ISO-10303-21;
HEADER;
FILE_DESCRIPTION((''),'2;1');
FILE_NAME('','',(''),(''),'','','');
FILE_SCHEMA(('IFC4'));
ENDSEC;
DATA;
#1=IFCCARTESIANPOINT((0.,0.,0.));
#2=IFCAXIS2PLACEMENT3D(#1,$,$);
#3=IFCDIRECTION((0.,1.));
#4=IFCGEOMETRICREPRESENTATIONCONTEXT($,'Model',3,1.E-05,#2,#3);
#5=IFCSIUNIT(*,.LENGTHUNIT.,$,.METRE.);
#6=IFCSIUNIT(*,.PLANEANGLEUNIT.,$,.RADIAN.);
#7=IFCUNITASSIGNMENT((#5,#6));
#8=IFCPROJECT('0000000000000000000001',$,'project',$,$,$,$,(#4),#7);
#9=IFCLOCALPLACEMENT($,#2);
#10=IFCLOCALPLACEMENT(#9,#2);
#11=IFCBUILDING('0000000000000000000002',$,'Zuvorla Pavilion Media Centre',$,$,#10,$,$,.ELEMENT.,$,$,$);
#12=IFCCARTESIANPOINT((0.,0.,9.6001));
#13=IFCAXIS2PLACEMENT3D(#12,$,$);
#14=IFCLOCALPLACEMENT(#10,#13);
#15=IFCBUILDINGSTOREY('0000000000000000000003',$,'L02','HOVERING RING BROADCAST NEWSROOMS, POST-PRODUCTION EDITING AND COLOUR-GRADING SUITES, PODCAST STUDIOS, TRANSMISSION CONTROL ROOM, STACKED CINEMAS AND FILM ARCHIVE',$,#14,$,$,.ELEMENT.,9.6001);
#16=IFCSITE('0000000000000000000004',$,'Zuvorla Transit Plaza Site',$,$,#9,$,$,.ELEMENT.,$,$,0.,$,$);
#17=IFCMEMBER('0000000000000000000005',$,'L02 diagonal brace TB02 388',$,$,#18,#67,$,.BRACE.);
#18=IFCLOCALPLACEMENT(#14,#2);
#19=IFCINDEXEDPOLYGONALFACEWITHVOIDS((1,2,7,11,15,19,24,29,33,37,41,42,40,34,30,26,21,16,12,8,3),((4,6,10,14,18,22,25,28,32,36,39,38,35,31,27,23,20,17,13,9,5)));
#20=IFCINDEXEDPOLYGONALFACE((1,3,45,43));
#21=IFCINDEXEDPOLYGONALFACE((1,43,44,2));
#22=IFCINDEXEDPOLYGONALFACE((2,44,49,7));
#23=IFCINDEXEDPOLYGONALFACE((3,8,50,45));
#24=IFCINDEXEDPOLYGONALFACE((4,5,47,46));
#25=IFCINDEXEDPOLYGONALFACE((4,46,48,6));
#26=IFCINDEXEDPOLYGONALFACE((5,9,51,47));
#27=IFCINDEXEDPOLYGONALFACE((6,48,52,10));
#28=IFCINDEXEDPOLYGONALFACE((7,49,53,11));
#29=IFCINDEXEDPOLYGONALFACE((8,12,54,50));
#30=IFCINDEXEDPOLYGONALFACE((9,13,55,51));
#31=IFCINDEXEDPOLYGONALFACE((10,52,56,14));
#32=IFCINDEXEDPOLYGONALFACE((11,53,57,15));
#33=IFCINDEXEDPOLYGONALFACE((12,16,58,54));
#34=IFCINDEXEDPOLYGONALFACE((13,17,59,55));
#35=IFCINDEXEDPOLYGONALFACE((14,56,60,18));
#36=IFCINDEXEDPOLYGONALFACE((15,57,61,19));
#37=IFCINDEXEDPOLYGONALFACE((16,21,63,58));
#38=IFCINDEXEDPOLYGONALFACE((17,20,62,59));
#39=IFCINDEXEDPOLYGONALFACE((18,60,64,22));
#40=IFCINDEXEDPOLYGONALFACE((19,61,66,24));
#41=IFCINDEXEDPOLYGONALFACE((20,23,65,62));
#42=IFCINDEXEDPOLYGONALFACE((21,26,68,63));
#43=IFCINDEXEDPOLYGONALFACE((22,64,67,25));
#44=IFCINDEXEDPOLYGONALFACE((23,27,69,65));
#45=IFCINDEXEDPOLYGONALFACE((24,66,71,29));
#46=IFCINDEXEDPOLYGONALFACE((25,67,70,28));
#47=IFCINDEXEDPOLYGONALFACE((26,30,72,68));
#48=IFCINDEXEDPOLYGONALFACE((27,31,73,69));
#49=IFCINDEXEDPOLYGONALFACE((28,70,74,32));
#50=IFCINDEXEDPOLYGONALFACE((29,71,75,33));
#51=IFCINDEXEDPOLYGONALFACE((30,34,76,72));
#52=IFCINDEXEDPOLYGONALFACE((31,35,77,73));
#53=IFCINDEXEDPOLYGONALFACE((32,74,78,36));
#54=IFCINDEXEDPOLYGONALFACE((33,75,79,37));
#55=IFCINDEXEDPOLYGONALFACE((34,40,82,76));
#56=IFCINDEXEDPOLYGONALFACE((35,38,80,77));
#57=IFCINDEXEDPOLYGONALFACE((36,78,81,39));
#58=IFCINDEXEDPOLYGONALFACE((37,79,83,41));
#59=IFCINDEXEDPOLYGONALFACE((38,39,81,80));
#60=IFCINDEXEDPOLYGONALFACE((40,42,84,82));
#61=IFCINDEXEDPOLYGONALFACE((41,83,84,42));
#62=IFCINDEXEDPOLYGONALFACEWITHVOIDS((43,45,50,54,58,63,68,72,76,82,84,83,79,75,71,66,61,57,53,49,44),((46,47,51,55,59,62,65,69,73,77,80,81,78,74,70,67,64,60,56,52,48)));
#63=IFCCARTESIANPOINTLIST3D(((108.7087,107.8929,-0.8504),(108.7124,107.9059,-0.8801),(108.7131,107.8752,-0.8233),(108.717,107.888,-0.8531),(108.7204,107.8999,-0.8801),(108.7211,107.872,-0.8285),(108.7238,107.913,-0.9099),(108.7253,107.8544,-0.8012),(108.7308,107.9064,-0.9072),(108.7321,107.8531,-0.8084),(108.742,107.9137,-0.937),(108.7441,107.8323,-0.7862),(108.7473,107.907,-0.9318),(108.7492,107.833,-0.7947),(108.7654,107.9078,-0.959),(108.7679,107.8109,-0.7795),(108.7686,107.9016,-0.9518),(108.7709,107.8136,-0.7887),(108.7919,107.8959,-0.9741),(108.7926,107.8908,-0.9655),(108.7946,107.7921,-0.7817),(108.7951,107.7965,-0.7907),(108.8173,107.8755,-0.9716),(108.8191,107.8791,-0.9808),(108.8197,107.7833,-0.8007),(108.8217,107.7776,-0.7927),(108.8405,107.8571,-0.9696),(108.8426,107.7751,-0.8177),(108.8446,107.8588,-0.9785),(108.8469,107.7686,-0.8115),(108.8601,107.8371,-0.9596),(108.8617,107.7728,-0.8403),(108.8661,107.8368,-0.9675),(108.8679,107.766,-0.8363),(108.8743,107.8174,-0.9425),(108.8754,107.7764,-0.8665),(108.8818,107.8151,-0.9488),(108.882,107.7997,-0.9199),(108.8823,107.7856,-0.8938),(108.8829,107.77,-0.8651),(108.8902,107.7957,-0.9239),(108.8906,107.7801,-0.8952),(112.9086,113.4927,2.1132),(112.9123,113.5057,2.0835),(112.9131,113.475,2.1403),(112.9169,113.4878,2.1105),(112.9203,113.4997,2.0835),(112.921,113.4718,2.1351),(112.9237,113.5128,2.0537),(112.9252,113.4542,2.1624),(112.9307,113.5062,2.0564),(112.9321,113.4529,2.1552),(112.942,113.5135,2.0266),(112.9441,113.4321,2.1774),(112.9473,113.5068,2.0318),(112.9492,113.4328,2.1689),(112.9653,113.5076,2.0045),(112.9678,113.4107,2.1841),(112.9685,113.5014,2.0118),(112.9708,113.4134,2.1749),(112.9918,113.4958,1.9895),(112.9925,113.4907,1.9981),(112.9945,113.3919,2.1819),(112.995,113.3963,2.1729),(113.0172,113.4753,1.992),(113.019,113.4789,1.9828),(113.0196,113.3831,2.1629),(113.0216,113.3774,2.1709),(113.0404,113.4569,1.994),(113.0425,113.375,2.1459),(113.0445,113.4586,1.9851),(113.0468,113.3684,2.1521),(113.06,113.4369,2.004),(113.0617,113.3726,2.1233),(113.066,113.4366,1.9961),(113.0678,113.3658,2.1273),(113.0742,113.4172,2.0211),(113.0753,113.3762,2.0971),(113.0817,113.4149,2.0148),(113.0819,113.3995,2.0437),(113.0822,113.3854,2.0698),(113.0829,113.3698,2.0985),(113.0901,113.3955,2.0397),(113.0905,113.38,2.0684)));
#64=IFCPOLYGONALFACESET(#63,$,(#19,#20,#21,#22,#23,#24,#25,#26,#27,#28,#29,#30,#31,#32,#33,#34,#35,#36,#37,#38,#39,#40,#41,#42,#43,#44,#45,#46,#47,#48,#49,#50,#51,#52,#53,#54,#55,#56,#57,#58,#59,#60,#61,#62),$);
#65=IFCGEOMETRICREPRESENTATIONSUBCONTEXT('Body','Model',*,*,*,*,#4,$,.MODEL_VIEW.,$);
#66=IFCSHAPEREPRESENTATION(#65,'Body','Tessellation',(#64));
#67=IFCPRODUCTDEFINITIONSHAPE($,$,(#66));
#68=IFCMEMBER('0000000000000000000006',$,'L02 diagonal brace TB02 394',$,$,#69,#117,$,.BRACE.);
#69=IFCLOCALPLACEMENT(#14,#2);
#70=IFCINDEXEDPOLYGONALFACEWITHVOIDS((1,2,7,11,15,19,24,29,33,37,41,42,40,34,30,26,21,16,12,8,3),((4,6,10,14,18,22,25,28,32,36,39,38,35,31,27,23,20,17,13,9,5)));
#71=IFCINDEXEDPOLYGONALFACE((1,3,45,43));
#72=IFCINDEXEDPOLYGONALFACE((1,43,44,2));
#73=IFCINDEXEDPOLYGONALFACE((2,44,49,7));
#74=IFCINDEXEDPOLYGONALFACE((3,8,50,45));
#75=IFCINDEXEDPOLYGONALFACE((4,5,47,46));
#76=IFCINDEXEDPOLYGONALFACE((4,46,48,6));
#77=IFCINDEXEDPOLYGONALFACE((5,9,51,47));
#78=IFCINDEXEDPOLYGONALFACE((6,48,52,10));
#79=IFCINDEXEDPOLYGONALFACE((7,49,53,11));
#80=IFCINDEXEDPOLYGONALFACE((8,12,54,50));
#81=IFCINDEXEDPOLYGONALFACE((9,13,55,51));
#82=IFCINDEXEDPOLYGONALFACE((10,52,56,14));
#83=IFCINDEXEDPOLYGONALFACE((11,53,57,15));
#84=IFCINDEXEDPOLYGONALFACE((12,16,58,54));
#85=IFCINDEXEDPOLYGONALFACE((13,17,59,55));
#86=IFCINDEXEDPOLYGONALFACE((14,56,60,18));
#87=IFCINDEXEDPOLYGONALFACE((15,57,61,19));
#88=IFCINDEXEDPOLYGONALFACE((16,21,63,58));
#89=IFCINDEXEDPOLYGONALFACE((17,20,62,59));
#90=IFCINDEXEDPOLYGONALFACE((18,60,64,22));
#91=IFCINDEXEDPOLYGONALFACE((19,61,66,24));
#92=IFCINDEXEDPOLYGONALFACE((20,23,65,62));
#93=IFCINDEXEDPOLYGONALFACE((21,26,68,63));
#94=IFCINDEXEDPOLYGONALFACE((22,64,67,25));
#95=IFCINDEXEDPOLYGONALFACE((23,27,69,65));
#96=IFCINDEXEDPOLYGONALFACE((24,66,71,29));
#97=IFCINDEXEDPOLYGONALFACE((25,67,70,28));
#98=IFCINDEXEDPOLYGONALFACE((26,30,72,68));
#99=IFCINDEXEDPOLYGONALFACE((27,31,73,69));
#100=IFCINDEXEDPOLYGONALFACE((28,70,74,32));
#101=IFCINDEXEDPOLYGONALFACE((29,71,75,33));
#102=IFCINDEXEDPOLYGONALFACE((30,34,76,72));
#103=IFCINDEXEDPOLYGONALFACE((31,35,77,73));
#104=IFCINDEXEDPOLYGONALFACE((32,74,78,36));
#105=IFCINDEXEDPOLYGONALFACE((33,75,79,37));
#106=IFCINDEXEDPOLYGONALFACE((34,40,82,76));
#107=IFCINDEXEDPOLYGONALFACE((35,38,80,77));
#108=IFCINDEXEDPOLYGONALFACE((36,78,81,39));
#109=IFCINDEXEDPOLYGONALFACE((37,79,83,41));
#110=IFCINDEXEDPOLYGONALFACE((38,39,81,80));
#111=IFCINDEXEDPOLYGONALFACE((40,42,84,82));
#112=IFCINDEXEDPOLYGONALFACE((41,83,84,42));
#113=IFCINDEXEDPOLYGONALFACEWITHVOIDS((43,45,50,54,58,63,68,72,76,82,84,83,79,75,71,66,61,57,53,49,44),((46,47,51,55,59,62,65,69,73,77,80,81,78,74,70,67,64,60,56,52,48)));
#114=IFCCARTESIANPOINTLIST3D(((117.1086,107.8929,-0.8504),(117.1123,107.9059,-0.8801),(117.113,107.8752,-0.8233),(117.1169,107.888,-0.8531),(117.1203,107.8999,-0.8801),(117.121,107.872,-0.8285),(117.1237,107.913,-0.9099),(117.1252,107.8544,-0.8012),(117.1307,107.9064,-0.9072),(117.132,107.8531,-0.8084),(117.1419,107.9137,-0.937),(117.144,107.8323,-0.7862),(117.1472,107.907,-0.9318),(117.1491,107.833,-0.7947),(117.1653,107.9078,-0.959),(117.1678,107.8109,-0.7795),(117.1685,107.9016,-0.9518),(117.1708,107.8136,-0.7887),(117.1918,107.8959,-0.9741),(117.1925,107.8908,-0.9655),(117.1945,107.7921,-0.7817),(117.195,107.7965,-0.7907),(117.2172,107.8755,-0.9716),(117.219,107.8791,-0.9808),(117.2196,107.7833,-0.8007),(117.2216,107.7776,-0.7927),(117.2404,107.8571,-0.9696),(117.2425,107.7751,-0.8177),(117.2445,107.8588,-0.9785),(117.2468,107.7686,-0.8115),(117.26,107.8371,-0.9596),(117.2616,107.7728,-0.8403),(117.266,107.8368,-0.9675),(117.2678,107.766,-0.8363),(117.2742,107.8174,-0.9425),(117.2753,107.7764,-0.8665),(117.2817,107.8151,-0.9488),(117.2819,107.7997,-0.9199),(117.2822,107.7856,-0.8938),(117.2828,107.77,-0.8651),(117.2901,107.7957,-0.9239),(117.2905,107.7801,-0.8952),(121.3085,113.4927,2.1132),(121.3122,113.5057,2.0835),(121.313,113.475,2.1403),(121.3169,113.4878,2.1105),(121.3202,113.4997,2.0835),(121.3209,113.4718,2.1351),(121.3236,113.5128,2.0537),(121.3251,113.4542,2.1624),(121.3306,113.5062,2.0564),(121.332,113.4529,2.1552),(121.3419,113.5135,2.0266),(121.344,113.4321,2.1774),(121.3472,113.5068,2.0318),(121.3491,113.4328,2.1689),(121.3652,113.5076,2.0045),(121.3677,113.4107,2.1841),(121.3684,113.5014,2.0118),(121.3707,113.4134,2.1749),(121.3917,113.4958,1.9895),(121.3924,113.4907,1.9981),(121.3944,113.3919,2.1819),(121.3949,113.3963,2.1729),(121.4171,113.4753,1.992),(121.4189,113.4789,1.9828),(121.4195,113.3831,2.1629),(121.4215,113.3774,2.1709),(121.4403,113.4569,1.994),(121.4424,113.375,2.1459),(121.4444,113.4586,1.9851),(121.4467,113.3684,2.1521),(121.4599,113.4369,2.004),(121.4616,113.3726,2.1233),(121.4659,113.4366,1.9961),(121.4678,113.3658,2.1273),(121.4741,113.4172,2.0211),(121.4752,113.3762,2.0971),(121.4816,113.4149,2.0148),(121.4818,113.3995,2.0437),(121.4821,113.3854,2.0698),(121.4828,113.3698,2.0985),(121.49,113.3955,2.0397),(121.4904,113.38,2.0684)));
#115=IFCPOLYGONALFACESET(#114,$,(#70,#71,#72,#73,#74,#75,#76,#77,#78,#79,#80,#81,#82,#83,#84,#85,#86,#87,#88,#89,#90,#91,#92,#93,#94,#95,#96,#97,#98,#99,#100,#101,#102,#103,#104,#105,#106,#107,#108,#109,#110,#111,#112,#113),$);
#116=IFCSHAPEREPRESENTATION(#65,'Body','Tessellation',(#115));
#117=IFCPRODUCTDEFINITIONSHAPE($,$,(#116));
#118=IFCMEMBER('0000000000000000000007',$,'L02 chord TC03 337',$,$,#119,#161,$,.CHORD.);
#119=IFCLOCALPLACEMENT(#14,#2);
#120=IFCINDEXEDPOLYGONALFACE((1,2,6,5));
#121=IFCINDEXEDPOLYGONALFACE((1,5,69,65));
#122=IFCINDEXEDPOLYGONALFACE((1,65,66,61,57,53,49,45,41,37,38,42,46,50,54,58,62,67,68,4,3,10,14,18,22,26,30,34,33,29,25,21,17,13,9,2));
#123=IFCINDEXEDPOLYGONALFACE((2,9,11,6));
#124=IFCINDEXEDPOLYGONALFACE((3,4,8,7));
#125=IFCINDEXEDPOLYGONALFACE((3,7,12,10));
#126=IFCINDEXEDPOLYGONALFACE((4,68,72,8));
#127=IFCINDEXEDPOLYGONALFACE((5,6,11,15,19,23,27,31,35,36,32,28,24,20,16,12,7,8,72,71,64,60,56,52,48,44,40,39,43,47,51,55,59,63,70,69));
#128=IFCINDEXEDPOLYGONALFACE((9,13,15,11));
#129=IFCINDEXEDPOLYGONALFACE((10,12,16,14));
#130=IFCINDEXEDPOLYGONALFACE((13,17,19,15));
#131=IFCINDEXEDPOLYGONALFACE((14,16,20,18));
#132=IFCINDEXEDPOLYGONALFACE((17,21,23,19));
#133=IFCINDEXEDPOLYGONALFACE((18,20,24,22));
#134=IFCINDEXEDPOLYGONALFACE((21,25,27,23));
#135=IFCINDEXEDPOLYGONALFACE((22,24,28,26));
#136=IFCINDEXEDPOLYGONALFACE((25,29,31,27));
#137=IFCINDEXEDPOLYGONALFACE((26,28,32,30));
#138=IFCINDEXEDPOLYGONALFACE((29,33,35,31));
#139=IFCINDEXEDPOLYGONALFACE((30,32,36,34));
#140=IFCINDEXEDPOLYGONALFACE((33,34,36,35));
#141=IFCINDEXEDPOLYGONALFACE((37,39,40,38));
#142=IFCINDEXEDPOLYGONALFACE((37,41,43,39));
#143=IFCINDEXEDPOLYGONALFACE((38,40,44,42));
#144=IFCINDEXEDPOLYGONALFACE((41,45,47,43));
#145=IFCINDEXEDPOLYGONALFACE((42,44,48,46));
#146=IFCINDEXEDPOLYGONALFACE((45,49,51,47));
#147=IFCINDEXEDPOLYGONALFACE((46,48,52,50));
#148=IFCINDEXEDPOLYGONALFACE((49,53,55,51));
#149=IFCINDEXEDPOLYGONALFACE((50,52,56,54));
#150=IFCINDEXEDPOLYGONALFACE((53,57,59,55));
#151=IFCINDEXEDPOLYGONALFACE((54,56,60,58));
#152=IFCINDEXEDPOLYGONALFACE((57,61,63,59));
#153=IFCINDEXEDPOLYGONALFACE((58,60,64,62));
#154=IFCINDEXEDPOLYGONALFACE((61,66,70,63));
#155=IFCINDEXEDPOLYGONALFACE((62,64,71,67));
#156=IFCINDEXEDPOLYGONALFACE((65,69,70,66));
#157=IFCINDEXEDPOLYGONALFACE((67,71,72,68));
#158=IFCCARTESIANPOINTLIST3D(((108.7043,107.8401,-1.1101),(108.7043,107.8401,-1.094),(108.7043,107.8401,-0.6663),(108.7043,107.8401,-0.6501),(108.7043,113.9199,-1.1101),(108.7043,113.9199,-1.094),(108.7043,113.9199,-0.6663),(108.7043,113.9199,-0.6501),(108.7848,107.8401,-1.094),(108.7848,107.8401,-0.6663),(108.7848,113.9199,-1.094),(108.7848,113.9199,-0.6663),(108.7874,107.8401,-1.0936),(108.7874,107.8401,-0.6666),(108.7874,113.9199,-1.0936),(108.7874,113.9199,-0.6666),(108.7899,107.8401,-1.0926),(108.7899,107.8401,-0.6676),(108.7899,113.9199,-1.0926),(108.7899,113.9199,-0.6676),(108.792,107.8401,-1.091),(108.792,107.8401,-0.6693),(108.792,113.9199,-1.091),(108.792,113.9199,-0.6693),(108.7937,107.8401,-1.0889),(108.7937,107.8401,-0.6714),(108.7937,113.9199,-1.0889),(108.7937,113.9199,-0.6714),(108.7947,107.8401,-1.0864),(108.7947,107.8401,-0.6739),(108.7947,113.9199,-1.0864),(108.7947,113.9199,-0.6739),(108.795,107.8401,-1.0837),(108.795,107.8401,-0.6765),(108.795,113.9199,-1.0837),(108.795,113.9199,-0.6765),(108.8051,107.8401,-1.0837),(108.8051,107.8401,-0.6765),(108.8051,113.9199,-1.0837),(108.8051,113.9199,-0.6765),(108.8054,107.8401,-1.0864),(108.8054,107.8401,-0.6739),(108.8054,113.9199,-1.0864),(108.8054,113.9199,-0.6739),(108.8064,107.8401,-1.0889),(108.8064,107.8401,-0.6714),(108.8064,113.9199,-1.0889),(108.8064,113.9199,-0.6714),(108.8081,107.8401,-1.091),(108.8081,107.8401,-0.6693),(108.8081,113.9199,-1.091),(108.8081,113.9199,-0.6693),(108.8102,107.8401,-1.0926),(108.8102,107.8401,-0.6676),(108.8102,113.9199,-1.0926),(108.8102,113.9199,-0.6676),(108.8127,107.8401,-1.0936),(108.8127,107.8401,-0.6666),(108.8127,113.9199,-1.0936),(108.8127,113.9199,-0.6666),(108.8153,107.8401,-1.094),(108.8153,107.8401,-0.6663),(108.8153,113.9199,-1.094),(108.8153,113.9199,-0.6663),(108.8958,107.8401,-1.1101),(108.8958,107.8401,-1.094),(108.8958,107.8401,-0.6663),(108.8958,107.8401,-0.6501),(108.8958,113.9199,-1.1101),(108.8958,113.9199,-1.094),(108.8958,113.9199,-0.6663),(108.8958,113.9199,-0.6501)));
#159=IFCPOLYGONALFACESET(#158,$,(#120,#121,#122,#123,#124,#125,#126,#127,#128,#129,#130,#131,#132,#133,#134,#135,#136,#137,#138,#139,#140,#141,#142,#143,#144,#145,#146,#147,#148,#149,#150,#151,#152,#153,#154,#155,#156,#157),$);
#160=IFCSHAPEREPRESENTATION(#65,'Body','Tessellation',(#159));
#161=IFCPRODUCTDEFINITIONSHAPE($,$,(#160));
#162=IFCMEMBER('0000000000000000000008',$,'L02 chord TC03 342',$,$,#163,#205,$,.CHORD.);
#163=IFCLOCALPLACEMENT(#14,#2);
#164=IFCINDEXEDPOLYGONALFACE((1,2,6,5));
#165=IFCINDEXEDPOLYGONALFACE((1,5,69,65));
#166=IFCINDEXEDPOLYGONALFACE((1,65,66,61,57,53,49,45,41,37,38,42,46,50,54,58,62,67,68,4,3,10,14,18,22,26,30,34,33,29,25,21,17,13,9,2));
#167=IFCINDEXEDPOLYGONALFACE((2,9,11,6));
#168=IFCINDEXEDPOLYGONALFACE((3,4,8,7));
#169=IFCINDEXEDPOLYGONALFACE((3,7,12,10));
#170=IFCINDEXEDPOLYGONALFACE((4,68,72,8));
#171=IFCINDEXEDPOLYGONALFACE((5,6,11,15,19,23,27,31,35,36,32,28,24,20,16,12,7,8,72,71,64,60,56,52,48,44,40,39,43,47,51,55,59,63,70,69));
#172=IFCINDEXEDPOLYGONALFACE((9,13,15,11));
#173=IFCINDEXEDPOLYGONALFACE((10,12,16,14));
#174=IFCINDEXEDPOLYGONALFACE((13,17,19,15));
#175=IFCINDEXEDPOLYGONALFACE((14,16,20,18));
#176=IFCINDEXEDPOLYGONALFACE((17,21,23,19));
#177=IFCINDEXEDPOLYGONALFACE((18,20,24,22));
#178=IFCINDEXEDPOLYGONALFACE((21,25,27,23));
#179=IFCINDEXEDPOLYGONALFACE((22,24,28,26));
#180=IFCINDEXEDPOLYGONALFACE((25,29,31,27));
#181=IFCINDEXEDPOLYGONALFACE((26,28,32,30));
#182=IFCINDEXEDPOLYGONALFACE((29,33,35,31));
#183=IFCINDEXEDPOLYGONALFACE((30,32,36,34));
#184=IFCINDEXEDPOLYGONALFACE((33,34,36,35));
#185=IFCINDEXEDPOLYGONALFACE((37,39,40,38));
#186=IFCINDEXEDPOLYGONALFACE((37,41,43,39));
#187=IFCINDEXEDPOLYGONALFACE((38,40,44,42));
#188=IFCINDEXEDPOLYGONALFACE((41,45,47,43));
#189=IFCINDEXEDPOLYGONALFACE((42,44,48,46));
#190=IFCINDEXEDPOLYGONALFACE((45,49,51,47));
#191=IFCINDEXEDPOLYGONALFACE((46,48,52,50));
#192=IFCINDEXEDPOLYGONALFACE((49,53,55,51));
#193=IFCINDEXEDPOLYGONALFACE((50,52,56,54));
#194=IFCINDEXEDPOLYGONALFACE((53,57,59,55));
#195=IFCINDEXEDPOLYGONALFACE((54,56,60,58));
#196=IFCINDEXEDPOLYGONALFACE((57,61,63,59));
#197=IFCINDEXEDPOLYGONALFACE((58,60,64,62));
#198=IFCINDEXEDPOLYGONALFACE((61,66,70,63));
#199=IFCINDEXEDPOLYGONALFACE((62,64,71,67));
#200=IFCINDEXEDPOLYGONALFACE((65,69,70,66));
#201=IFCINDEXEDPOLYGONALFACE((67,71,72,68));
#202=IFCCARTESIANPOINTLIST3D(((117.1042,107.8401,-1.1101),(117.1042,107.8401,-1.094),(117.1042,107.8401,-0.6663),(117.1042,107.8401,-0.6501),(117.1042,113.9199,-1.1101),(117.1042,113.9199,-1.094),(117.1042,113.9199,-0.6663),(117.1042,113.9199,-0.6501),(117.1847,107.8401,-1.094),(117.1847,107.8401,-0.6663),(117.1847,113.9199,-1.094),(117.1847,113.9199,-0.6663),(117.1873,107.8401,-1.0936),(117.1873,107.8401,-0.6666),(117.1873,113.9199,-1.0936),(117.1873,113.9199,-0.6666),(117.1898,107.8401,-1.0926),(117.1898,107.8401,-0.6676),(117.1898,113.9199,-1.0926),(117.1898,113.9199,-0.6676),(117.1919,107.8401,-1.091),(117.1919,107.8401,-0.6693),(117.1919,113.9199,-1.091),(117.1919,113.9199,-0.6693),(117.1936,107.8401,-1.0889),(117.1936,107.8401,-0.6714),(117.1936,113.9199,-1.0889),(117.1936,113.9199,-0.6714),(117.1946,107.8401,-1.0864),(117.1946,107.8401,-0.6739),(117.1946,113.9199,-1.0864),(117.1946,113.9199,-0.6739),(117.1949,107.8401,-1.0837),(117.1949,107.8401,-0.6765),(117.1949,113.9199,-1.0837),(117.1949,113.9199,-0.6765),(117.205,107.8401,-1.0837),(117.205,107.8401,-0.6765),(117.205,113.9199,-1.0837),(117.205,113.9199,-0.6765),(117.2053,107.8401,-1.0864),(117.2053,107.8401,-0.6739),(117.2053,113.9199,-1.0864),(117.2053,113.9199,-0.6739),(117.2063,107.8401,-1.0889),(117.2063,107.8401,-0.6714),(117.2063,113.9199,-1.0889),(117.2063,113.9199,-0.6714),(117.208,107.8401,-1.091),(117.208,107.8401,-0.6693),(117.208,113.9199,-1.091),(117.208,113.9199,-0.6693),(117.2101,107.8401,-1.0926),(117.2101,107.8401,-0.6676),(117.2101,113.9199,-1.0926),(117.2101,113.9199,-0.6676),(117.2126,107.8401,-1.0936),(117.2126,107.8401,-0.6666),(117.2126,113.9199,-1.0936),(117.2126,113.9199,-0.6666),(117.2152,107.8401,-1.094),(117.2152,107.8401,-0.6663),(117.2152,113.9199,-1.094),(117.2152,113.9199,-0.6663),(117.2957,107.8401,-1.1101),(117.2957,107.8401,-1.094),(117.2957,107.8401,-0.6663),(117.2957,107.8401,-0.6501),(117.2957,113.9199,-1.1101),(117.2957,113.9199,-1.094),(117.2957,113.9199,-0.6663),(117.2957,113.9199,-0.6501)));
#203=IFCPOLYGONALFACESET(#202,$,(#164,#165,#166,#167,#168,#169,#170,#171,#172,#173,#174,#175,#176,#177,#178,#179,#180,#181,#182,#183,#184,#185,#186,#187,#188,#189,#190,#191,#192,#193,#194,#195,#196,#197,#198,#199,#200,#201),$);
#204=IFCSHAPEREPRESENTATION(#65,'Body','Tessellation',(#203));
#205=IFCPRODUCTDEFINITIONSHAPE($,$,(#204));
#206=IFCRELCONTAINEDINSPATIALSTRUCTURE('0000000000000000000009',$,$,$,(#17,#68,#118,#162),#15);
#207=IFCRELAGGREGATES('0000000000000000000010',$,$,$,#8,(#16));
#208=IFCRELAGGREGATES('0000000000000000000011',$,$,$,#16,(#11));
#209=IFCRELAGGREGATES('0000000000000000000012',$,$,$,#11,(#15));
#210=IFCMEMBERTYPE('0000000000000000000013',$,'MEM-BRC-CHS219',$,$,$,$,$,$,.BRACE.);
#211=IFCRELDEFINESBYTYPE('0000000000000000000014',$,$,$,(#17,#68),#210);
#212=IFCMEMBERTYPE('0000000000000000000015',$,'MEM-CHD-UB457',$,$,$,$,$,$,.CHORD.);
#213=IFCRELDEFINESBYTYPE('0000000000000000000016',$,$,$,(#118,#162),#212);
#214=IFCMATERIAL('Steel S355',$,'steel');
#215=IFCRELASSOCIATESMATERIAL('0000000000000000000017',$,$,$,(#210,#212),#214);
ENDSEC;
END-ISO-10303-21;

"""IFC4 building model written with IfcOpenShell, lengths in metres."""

from ifc_helpers import new_model, si_unit, direction, frame, origin, origin_2d, place, context, subcontext, project, spatial, hollow_circle, i_section, extrude, material, material_profile, profile_set, type_object, element, save


model = new_model("IFC4")

# Units and contexts
model_context = context("Model", 3, precision=1e-05, world=origin(), true_north=direction((0.0, 1.0)))
body_context = subcontext(model_context, "Body", "Model", "MODEL_VIEW")
ifc_project = project(units=[si_unit("LENGTHUNIT", "METRE"), si_unit("PLANEANGLEUNIT", "RADIAN")], contexts=[model_context])

# Site, building, storey
site_placement = place(None, origin())
site = spatial("IfcSite", under=ifc_project, at=site_placement, Name="Zuvorla Transit Plaza Site", CompositionType="ELEMENT", RefElevation=0.0)
building_placement = place(site_placement, origin())
building = spatial("IfcBuilding", under=site, at=building_placement, Name="Zuvorla Pavilion Media Centre", CompositionType="ELEMENT")
storey_placement = place(building_placement, frame((0.0, 0.0, 9.6001)))
storey = spatial("IfcBuildingStorey", under=building, at=storey_placement, Name="L02", Description="HOVERING RING BROADCAST NEWSROOMS, POST-PRODUCTION EDITING AND COLOUR-GRADING SUITES, PODCAST STUDIOS, TRANSMISSION CONTROL ROOM, STACKED CINEMAS AND FILM ARCHIVE", CompositionType="ELEMENT", Elevation=9.6001)

# Shared definitions
ifc_material_1 = material(Name="Steel S355", Category="steel")

# Members
ifc_material_profile_1 = material_profile(ifc_material_1, hollow_circle(Radius=0.1096, WallThickness=0.01, at=origin_2d()), Name="CHS 219.1x10")
ifc_profile_set_1 = profile_set([ifc_material_profile_1], Name="Steel S355")
member_type_1 = type_object("IfcMemberType", Name="MEM-BRC-CHS219", PredefinedType="BRACE", material=ifc_profile_set_1)
for number, where, z_axis, x_axis, name in (
    (1, (108.8, 107.8401, -0.8801), (0.552525, 0.736689, 0.389879), (-0.799996, 0.600006, 0.0), "L02 diagonal brace TB02 388"),
    (2, (117.2, 107.8401, -0.8801), (0.552525, 0.736689, 0.389879), (-0.799996, 0.600006, 0.0), "L02 diagonal brace TB02 394"),
):
    element("IfcMember", number, at=place(storey_placement, frame(where, z_axis=z_axis, x_axis=x_axis)), inside=storey, type_object=member_type_1, Name=name, PredefinedType="BRACE", context=body_context, shape_type="SweptSolid", body=[
        extrude(hollow_circle(Radius=0.1096, WallThickness=0.01, at=origin_2d()), origin(), (0.0, 0.0, 1.0), 7.6013),
    ])
ifc_material_profile_2 = material_profile(ifc_material_1, i_section(OverallWidth=0.1914, OverallDepth=0.46, WebThickness=0.01, FlangeThickness=0.0161, FilletRadius=0.0103, at=origin_2d()), Name="UB 457x191x82")
ifc_profile_set_2 = profile_set([ifc_material_profile_2], Name="Steel S355")
member_type_2 = type_object("IfcMemberType", Name="MEM-CHD-UB457", PredefinedType="CHORD", material=ifc_profile_set_2)
for number, where, z_axis, x_axis, name in (
    (3, (108.8, 107.8401, -0.8801), (0.0, 1.0, 0.0), (-1.0, 0.0, 0.0), "L02 chord TC03 337"),
    (4, (117.2, 107.8401, -0.8801), (0.0, 1.0, 0.0), (-1.0, 0.0, 0.0), "L02 chord TC03 342"),
):
    element("IfcMember", number, at=place(storey_placement, frame(where, z_axis=z_axis, x_axis=x_axis)), inside=storey, type_object=member_type_2, Name=name, PredefinedType="CHORD", context=body_context, shape_type="SweptSolid", body=[
        extrude(i_section(OverallWidth=0.1914, OverallDepth=0.46, WebThickness=0.01, FlangeThickness=0.0161, FilletRadius=0.0103, at=origin_2d()), origin(), (0.0, 0.0, 1.0), 6.0798),
    ])

save(model, "model.ifc")
